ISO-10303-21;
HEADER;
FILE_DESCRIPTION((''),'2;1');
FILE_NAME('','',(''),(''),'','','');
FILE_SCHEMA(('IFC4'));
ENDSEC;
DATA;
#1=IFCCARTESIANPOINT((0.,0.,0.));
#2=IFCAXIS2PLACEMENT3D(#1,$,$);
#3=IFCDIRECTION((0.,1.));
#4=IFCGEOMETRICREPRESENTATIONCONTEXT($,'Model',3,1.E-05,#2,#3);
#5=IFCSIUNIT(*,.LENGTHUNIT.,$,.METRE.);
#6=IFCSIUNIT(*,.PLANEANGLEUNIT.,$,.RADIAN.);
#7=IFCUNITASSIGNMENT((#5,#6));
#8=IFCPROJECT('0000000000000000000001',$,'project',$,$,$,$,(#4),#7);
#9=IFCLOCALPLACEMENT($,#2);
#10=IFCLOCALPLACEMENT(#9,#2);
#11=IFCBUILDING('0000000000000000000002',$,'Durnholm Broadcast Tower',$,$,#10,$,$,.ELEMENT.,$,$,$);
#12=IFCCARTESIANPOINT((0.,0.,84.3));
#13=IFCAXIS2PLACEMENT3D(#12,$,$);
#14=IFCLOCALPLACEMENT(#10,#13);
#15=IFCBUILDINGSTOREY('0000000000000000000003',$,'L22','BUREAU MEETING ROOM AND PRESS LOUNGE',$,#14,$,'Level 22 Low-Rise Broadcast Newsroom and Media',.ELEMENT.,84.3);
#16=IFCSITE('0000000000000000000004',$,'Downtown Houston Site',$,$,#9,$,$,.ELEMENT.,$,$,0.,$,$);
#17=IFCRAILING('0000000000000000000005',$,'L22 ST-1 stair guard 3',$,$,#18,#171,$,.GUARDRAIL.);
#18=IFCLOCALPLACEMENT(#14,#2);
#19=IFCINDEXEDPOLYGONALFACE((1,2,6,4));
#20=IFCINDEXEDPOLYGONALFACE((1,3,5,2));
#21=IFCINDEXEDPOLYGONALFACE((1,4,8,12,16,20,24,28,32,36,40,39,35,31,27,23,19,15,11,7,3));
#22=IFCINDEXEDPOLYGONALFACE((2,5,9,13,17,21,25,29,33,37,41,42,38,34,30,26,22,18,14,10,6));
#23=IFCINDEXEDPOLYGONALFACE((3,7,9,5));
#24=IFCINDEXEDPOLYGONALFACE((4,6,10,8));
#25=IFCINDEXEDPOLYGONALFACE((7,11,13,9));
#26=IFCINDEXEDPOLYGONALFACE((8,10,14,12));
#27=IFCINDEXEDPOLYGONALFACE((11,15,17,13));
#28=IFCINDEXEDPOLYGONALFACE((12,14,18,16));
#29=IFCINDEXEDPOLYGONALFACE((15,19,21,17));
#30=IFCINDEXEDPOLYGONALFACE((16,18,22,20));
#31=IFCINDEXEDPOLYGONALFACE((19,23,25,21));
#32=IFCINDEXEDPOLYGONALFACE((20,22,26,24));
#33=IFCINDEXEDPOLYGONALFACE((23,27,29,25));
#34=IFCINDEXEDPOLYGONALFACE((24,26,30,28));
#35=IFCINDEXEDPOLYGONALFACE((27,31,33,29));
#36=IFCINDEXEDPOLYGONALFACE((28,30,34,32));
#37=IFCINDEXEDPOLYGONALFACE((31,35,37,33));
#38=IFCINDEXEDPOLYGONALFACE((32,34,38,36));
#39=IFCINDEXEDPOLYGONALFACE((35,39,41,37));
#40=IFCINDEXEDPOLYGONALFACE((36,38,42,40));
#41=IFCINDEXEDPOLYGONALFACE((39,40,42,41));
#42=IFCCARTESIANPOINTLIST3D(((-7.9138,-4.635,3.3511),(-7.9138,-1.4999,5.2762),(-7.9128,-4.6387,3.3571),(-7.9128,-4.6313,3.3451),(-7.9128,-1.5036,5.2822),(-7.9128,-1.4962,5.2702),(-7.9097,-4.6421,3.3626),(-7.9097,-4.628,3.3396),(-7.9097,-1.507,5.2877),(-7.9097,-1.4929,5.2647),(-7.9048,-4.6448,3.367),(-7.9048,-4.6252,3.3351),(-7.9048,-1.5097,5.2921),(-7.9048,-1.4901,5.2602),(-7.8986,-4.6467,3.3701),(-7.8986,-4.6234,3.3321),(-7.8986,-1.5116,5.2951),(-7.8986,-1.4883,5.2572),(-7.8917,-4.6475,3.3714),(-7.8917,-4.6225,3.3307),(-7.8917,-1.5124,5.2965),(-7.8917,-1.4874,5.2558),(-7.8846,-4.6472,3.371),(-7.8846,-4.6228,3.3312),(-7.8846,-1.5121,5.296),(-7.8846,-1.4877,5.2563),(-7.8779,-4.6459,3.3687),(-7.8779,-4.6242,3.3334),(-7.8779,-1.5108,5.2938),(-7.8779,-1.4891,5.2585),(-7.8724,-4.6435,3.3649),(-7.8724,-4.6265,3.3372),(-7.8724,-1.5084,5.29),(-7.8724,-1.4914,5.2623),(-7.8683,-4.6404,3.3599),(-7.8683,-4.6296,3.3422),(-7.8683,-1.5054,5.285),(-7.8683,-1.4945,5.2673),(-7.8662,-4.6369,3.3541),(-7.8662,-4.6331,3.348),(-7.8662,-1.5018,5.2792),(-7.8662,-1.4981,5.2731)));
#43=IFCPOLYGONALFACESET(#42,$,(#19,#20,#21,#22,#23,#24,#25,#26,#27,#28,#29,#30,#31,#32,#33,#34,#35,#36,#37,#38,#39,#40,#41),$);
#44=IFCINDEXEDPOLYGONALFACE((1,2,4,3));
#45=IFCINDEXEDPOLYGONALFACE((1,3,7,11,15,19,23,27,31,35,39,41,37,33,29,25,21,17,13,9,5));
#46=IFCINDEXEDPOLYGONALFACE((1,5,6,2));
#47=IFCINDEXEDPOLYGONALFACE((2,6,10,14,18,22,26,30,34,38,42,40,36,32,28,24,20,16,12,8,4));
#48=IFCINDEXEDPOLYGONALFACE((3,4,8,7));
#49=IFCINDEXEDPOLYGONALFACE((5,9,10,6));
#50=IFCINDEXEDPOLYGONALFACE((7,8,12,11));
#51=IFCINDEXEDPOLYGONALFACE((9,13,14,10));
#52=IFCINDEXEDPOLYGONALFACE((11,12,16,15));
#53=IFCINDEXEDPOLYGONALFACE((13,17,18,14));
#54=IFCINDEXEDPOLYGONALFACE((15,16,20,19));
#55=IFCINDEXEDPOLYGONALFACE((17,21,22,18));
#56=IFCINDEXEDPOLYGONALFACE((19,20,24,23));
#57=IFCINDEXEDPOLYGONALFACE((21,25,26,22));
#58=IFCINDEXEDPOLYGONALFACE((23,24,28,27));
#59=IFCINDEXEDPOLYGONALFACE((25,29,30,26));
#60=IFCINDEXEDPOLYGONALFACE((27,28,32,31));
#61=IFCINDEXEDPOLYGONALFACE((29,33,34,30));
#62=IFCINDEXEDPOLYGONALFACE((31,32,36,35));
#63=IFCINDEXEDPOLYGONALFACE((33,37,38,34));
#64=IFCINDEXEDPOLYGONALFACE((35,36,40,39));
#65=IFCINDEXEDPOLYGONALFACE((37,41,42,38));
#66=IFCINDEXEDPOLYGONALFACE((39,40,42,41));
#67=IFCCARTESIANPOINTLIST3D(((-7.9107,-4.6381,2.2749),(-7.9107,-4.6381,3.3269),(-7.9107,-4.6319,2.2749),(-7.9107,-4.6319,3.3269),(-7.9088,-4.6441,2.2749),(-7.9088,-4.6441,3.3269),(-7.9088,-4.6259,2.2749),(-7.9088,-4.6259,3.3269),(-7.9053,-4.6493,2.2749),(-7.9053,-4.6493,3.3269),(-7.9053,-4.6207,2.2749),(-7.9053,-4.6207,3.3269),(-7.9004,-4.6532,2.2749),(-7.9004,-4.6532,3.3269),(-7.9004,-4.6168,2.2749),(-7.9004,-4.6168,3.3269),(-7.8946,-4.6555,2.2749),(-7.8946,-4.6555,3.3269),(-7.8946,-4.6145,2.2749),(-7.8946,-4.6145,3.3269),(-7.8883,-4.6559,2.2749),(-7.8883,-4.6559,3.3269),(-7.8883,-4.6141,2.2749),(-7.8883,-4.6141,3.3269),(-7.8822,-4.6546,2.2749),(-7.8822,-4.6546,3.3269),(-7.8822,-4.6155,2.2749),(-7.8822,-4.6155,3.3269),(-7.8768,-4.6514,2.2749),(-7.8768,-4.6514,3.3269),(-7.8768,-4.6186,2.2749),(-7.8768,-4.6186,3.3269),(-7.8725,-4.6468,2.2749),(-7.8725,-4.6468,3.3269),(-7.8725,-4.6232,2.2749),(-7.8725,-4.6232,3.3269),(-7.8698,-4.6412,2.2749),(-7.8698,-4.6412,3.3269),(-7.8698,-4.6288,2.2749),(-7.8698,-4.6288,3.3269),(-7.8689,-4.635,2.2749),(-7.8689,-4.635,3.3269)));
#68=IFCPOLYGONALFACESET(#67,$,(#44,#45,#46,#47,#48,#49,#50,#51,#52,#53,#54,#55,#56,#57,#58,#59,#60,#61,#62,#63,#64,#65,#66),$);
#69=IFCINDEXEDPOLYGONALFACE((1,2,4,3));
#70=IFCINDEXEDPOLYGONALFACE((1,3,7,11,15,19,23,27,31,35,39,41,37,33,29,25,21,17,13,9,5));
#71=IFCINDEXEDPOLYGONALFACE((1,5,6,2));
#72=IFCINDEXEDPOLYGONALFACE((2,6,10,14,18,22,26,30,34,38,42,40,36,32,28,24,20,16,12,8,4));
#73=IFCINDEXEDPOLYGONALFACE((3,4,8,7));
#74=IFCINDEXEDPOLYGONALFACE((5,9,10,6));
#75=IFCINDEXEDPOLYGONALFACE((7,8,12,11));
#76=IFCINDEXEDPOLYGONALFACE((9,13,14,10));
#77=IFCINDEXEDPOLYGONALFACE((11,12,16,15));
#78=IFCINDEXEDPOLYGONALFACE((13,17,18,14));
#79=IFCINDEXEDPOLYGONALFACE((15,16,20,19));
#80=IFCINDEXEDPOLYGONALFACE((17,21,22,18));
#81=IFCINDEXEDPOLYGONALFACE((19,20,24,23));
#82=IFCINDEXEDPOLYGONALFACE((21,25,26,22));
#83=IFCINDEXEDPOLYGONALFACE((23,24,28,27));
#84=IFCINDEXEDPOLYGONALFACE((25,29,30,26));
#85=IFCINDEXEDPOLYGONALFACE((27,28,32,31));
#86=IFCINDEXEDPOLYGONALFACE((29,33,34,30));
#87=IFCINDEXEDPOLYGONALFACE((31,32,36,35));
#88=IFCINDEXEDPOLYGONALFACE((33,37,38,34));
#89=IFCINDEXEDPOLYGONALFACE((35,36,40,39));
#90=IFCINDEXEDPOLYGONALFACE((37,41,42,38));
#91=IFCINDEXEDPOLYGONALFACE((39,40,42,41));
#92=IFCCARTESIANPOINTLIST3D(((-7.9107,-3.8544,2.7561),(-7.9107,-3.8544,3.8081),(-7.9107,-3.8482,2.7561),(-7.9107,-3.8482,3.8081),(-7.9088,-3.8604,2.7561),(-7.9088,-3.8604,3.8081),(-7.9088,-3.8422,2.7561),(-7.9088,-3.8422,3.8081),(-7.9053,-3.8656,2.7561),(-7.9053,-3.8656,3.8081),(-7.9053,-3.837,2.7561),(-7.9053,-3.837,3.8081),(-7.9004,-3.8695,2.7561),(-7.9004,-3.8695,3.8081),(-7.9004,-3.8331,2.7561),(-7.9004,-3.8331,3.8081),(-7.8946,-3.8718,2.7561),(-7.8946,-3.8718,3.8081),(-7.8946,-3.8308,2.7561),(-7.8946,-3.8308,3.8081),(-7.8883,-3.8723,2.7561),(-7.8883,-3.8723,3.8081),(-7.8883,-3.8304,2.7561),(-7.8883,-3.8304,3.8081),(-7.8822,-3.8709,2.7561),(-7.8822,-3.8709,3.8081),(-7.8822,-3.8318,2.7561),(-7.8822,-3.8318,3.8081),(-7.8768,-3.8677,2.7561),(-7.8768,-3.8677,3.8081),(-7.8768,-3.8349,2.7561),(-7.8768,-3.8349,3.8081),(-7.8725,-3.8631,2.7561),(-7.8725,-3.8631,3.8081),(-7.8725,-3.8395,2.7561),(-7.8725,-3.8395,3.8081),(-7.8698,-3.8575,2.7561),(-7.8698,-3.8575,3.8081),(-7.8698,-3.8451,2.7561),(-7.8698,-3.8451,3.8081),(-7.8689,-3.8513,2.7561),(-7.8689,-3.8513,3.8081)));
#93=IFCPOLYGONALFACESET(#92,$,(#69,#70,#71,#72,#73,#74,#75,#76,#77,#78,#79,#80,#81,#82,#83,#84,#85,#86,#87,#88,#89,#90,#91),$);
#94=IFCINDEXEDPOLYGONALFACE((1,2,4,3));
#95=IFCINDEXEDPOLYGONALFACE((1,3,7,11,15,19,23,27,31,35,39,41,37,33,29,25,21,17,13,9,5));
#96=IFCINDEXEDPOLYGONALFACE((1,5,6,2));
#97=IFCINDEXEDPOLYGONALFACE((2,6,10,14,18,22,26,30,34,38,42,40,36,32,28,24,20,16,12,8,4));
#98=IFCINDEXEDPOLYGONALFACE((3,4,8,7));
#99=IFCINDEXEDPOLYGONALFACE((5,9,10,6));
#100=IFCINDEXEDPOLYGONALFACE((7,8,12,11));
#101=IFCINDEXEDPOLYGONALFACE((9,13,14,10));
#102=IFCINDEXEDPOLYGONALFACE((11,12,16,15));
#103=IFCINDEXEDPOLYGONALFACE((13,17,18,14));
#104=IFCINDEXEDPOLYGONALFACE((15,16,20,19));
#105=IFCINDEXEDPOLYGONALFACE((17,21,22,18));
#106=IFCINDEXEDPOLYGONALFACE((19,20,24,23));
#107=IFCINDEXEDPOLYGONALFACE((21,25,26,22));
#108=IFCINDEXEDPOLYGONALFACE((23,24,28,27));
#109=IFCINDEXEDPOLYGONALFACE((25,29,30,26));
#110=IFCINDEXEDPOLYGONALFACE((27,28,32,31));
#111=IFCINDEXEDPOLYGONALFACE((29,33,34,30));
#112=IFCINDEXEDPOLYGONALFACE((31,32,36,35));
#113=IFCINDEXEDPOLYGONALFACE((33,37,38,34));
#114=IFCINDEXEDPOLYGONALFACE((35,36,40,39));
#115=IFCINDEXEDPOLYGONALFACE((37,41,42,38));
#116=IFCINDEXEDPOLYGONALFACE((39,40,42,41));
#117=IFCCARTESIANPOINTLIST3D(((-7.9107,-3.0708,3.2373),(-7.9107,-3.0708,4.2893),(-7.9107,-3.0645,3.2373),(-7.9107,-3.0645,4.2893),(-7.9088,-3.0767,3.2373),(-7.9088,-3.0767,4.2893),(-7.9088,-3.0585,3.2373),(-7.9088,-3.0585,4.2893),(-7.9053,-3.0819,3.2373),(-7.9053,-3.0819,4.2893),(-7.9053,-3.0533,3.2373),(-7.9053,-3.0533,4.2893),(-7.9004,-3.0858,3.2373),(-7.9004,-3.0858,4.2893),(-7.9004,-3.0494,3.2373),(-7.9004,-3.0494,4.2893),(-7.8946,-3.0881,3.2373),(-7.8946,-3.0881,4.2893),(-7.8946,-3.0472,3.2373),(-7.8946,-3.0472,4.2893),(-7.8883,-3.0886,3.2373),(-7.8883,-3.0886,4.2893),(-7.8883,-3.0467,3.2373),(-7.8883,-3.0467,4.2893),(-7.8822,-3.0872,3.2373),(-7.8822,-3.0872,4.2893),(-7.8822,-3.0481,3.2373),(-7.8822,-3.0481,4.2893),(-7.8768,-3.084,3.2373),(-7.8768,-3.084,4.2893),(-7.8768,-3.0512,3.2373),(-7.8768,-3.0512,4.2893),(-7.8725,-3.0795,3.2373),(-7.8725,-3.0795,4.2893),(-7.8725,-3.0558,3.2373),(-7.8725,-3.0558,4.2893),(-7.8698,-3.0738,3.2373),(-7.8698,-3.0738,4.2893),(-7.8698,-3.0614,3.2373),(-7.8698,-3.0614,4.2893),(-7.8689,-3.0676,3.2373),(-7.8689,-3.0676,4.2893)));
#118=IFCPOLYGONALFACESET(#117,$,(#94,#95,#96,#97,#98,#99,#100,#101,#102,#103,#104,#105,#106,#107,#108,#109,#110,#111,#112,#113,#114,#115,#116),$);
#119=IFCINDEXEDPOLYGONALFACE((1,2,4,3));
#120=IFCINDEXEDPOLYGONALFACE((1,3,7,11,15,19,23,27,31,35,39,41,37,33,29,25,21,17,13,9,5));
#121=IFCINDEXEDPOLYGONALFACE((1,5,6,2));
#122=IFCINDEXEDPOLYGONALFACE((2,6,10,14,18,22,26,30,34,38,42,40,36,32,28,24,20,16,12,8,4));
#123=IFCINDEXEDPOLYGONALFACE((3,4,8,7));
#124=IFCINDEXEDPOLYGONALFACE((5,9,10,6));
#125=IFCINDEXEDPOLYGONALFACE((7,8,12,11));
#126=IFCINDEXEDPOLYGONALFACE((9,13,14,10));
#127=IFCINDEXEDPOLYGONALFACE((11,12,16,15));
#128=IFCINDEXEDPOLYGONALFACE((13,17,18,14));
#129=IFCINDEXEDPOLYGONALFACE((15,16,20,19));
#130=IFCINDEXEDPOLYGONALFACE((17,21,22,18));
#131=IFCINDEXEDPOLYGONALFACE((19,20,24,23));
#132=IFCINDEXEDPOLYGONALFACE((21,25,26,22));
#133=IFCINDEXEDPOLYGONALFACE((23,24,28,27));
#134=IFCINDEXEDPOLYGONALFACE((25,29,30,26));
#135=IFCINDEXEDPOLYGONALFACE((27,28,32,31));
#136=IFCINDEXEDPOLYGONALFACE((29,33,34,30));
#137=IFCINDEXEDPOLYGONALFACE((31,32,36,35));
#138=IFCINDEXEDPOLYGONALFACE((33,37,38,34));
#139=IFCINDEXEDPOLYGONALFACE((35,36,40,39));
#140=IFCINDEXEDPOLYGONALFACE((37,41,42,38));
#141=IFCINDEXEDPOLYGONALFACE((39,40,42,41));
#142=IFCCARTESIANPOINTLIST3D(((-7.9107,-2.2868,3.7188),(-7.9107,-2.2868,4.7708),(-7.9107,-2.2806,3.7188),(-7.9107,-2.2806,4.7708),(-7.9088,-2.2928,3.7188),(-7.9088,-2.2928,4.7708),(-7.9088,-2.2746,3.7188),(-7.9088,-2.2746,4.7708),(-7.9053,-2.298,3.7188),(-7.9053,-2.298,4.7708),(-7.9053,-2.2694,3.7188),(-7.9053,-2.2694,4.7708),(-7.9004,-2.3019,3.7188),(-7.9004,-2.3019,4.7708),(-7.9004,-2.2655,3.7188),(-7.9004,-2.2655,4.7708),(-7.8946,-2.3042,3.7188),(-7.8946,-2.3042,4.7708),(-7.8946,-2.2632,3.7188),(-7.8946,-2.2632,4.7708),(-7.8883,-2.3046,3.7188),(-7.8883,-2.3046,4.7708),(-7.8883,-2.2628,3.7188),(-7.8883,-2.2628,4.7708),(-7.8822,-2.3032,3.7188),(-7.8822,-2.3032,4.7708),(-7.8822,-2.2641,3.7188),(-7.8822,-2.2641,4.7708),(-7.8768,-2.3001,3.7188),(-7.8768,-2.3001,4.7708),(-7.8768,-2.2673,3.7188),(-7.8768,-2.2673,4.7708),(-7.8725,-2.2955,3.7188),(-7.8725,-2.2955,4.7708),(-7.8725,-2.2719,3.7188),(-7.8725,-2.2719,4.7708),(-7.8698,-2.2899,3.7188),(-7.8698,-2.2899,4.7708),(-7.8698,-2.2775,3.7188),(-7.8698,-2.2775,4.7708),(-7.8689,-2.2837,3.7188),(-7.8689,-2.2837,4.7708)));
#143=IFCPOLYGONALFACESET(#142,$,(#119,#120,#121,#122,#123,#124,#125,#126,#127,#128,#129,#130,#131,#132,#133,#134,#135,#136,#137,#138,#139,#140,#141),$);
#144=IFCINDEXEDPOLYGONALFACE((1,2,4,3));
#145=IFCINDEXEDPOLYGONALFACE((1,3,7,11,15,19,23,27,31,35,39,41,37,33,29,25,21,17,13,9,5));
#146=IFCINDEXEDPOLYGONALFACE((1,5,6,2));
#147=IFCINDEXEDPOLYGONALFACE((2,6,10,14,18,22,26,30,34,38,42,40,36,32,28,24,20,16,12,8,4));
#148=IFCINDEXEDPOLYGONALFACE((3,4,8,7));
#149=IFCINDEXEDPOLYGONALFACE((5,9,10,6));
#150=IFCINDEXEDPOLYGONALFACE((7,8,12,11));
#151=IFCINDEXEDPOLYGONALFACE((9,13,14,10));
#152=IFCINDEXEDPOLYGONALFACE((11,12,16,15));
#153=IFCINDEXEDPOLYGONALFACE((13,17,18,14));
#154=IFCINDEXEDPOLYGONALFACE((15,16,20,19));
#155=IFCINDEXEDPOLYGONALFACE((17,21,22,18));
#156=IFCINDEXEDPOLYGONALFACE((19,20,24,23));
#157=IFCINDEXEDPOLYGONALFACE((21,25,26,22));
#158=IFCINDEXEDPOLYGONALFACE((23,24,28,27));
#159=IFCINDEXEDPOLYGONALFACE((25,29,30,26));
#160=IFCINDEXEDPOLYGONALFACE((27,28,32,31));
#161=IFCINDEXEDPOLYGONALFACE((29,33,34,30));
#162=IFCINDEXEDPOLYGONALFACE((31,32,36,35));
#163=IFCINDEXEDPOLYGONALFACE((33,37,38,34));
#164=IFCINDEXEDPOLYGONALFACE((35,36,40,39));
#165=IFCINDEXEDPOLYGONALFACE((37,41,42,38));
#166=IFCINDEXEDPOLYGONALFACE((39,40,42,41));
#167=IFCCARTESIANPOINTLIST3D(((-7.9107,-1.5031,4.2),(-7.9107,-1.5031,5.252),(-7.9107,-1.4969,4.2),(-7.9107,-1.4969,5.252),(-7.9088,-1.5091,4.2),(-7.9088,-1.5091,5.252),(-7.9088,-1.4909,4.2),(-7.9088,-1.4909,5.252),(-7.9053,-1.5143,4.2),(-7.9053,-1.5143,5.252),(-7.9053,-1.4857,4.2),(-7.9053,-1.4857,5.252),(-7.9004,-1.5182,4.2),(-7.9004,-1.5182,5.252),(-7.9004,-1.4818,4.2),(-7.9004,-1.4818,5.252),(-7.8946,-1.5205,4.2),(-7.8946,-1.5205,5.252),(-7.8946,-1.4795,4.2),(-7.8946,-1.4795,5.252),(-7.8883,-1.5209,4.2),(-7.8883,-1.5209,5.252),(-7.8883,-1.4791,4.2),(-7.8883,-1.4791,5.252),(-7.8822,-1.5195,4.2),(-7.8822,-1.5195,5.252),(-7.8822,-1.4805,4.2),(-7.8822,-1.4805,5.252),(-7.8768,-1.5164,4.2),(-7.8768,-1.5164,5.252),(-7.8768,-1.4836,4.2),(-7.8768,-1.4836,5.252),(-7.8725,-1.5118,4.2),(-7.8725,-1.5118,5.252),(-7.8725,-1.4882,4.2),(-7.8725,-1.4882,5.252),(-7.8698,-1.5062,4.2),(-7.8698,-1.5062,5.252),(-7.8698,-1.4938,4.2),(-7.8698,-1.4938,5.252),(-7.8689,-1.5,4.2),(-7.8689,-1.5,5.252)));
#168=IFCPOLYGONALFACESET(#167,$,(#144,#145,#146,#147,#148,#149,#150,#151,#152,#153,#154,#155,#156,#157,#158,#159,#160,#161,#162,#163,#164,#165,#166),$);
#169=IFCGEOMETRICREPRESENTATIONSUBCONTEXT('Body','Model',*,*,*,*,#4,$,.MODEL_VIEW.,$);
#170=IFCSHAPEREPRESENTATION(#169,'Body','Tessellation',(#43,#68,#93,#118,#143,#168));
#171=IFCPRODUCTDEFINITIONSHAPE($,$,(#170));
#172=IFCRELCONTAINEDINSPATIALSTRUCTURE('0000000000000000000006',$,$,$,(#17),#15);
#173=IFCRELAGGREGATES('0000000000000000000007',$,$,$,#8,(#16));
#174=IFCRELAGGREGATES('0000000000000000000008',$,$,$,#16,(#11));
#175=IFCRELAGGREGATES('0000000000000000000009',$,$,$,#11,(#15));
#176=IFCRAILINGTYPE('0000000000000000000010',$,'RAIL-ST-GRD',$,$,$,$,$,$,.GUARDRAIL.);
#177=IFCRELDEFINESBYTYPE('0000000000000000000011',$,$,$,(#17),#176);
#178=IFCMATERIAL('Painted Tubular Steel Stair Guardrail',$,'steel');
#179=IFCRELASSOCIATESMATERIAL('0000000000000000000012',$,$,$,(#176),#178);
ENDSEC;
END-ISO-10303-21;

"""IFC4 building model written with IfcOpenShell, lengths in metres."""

from ifc_helpers import new_model, si_unit, direction, frame, origin, origin_2d, place, context, subcontext, project, spatial, circle, extrude, material, type_object, element, save


model = new_model("IFC4")

# Units and contexts
model_context = context("Model", 3, precision=1e-05, world=origin(), true_north=direction((0.0, 1.0)))
body_context = subcontext(model_context, "Body", "Model", "MODEL_VIEW")
ifc_project = project(units=[si_unit("LENGTHUNIT", "METRE"), si_unit("PLANEANGLEUNIT", "RADIAN")], contexts=[model_context])

# Site, building, storey
site_placement = place(None, origin())
site = spatial("IfcSite", under=ifc_project, at=site_placement, Name="Downtown Houston Site", CompositionType="ELEMENT", RefElevation=0.0)
building_placement = place(site_placement, origin())
building = spatial("IfcBuilding", under=site, at=building_placement, Name="Durnholm Broadcast Tower", CompositionType="ELEMENT")
storey_placement = place(building_placement, frame((0.0, 0.0, 84.3)))
storey = spatial("IfcBuildingStorey", under=building, at=storey_placement, Name="L22", Description="BUREAU MEETING ROOM AND PRESS LOUNGE", LongName="Level 22 Low-Rise Broadcast Newsroom and Media", CompositionType="ELEMENT", Elevation=84.3)

# Railing
ifc_material_1 = material(Name="Painted Tubular Steel Stair Guardrail", Category="steel")
railing_type_1 = type_object("IfcRailingType", Name="RAIL-ST-GRD", PredefinedType="GUARDRAIL", material=ifc_material_1)
railing_1_placement = place(storey_placement, frame((-7.8899, -4.635, 2.2749)))
element("IfcRailing", 1, at=railing_1_placement, inside=storey, type_object=railing_type_1, Name="L22 ST-1 stair guard 3", PredefinedType="GUARDRAIL", context=body_context, shape_type="SweptSolid", body=[
    extrude(circle(Radius=0.0239, at=origin_2d()), frame((0.0, 0.0, 1.0762), z_axis=(0.0, 0.852166, 0.523271), x_axis=(-1.0, 0.0, 0.0)), (0.0, 0.0, 1.0), 3.679),
    extrude(circle(Radius=0.021, at=origin_2d()), origin(), (0.0, 0.0, 1.0), 1.052),
    extrude(circle(Radius=0.021, at=origin_2d()), frame((0.0, 0.7837, 0.4812)), (0.0, 0.0, 1.0), 1.052),
    extrude(circle(Radius=0.021, at=origin_2d()), frame((0.0, 1.5674, 0.9624)), (0.0, 0.0, 1.0), 1.052),
    extrude(circle(Radius=0.021, at=origin_2d()), frame((0.0, 2.3513, 1.4438)), (0.0, 0.0, 1.0), 1.052),
    extrude(circle(Radius=0.021, at=origin_2d()), frame((0.0, 3.135, 1.925)), (0.0, 0.0, 1.0), 1.052),
])

save(model, "model.ifc")
